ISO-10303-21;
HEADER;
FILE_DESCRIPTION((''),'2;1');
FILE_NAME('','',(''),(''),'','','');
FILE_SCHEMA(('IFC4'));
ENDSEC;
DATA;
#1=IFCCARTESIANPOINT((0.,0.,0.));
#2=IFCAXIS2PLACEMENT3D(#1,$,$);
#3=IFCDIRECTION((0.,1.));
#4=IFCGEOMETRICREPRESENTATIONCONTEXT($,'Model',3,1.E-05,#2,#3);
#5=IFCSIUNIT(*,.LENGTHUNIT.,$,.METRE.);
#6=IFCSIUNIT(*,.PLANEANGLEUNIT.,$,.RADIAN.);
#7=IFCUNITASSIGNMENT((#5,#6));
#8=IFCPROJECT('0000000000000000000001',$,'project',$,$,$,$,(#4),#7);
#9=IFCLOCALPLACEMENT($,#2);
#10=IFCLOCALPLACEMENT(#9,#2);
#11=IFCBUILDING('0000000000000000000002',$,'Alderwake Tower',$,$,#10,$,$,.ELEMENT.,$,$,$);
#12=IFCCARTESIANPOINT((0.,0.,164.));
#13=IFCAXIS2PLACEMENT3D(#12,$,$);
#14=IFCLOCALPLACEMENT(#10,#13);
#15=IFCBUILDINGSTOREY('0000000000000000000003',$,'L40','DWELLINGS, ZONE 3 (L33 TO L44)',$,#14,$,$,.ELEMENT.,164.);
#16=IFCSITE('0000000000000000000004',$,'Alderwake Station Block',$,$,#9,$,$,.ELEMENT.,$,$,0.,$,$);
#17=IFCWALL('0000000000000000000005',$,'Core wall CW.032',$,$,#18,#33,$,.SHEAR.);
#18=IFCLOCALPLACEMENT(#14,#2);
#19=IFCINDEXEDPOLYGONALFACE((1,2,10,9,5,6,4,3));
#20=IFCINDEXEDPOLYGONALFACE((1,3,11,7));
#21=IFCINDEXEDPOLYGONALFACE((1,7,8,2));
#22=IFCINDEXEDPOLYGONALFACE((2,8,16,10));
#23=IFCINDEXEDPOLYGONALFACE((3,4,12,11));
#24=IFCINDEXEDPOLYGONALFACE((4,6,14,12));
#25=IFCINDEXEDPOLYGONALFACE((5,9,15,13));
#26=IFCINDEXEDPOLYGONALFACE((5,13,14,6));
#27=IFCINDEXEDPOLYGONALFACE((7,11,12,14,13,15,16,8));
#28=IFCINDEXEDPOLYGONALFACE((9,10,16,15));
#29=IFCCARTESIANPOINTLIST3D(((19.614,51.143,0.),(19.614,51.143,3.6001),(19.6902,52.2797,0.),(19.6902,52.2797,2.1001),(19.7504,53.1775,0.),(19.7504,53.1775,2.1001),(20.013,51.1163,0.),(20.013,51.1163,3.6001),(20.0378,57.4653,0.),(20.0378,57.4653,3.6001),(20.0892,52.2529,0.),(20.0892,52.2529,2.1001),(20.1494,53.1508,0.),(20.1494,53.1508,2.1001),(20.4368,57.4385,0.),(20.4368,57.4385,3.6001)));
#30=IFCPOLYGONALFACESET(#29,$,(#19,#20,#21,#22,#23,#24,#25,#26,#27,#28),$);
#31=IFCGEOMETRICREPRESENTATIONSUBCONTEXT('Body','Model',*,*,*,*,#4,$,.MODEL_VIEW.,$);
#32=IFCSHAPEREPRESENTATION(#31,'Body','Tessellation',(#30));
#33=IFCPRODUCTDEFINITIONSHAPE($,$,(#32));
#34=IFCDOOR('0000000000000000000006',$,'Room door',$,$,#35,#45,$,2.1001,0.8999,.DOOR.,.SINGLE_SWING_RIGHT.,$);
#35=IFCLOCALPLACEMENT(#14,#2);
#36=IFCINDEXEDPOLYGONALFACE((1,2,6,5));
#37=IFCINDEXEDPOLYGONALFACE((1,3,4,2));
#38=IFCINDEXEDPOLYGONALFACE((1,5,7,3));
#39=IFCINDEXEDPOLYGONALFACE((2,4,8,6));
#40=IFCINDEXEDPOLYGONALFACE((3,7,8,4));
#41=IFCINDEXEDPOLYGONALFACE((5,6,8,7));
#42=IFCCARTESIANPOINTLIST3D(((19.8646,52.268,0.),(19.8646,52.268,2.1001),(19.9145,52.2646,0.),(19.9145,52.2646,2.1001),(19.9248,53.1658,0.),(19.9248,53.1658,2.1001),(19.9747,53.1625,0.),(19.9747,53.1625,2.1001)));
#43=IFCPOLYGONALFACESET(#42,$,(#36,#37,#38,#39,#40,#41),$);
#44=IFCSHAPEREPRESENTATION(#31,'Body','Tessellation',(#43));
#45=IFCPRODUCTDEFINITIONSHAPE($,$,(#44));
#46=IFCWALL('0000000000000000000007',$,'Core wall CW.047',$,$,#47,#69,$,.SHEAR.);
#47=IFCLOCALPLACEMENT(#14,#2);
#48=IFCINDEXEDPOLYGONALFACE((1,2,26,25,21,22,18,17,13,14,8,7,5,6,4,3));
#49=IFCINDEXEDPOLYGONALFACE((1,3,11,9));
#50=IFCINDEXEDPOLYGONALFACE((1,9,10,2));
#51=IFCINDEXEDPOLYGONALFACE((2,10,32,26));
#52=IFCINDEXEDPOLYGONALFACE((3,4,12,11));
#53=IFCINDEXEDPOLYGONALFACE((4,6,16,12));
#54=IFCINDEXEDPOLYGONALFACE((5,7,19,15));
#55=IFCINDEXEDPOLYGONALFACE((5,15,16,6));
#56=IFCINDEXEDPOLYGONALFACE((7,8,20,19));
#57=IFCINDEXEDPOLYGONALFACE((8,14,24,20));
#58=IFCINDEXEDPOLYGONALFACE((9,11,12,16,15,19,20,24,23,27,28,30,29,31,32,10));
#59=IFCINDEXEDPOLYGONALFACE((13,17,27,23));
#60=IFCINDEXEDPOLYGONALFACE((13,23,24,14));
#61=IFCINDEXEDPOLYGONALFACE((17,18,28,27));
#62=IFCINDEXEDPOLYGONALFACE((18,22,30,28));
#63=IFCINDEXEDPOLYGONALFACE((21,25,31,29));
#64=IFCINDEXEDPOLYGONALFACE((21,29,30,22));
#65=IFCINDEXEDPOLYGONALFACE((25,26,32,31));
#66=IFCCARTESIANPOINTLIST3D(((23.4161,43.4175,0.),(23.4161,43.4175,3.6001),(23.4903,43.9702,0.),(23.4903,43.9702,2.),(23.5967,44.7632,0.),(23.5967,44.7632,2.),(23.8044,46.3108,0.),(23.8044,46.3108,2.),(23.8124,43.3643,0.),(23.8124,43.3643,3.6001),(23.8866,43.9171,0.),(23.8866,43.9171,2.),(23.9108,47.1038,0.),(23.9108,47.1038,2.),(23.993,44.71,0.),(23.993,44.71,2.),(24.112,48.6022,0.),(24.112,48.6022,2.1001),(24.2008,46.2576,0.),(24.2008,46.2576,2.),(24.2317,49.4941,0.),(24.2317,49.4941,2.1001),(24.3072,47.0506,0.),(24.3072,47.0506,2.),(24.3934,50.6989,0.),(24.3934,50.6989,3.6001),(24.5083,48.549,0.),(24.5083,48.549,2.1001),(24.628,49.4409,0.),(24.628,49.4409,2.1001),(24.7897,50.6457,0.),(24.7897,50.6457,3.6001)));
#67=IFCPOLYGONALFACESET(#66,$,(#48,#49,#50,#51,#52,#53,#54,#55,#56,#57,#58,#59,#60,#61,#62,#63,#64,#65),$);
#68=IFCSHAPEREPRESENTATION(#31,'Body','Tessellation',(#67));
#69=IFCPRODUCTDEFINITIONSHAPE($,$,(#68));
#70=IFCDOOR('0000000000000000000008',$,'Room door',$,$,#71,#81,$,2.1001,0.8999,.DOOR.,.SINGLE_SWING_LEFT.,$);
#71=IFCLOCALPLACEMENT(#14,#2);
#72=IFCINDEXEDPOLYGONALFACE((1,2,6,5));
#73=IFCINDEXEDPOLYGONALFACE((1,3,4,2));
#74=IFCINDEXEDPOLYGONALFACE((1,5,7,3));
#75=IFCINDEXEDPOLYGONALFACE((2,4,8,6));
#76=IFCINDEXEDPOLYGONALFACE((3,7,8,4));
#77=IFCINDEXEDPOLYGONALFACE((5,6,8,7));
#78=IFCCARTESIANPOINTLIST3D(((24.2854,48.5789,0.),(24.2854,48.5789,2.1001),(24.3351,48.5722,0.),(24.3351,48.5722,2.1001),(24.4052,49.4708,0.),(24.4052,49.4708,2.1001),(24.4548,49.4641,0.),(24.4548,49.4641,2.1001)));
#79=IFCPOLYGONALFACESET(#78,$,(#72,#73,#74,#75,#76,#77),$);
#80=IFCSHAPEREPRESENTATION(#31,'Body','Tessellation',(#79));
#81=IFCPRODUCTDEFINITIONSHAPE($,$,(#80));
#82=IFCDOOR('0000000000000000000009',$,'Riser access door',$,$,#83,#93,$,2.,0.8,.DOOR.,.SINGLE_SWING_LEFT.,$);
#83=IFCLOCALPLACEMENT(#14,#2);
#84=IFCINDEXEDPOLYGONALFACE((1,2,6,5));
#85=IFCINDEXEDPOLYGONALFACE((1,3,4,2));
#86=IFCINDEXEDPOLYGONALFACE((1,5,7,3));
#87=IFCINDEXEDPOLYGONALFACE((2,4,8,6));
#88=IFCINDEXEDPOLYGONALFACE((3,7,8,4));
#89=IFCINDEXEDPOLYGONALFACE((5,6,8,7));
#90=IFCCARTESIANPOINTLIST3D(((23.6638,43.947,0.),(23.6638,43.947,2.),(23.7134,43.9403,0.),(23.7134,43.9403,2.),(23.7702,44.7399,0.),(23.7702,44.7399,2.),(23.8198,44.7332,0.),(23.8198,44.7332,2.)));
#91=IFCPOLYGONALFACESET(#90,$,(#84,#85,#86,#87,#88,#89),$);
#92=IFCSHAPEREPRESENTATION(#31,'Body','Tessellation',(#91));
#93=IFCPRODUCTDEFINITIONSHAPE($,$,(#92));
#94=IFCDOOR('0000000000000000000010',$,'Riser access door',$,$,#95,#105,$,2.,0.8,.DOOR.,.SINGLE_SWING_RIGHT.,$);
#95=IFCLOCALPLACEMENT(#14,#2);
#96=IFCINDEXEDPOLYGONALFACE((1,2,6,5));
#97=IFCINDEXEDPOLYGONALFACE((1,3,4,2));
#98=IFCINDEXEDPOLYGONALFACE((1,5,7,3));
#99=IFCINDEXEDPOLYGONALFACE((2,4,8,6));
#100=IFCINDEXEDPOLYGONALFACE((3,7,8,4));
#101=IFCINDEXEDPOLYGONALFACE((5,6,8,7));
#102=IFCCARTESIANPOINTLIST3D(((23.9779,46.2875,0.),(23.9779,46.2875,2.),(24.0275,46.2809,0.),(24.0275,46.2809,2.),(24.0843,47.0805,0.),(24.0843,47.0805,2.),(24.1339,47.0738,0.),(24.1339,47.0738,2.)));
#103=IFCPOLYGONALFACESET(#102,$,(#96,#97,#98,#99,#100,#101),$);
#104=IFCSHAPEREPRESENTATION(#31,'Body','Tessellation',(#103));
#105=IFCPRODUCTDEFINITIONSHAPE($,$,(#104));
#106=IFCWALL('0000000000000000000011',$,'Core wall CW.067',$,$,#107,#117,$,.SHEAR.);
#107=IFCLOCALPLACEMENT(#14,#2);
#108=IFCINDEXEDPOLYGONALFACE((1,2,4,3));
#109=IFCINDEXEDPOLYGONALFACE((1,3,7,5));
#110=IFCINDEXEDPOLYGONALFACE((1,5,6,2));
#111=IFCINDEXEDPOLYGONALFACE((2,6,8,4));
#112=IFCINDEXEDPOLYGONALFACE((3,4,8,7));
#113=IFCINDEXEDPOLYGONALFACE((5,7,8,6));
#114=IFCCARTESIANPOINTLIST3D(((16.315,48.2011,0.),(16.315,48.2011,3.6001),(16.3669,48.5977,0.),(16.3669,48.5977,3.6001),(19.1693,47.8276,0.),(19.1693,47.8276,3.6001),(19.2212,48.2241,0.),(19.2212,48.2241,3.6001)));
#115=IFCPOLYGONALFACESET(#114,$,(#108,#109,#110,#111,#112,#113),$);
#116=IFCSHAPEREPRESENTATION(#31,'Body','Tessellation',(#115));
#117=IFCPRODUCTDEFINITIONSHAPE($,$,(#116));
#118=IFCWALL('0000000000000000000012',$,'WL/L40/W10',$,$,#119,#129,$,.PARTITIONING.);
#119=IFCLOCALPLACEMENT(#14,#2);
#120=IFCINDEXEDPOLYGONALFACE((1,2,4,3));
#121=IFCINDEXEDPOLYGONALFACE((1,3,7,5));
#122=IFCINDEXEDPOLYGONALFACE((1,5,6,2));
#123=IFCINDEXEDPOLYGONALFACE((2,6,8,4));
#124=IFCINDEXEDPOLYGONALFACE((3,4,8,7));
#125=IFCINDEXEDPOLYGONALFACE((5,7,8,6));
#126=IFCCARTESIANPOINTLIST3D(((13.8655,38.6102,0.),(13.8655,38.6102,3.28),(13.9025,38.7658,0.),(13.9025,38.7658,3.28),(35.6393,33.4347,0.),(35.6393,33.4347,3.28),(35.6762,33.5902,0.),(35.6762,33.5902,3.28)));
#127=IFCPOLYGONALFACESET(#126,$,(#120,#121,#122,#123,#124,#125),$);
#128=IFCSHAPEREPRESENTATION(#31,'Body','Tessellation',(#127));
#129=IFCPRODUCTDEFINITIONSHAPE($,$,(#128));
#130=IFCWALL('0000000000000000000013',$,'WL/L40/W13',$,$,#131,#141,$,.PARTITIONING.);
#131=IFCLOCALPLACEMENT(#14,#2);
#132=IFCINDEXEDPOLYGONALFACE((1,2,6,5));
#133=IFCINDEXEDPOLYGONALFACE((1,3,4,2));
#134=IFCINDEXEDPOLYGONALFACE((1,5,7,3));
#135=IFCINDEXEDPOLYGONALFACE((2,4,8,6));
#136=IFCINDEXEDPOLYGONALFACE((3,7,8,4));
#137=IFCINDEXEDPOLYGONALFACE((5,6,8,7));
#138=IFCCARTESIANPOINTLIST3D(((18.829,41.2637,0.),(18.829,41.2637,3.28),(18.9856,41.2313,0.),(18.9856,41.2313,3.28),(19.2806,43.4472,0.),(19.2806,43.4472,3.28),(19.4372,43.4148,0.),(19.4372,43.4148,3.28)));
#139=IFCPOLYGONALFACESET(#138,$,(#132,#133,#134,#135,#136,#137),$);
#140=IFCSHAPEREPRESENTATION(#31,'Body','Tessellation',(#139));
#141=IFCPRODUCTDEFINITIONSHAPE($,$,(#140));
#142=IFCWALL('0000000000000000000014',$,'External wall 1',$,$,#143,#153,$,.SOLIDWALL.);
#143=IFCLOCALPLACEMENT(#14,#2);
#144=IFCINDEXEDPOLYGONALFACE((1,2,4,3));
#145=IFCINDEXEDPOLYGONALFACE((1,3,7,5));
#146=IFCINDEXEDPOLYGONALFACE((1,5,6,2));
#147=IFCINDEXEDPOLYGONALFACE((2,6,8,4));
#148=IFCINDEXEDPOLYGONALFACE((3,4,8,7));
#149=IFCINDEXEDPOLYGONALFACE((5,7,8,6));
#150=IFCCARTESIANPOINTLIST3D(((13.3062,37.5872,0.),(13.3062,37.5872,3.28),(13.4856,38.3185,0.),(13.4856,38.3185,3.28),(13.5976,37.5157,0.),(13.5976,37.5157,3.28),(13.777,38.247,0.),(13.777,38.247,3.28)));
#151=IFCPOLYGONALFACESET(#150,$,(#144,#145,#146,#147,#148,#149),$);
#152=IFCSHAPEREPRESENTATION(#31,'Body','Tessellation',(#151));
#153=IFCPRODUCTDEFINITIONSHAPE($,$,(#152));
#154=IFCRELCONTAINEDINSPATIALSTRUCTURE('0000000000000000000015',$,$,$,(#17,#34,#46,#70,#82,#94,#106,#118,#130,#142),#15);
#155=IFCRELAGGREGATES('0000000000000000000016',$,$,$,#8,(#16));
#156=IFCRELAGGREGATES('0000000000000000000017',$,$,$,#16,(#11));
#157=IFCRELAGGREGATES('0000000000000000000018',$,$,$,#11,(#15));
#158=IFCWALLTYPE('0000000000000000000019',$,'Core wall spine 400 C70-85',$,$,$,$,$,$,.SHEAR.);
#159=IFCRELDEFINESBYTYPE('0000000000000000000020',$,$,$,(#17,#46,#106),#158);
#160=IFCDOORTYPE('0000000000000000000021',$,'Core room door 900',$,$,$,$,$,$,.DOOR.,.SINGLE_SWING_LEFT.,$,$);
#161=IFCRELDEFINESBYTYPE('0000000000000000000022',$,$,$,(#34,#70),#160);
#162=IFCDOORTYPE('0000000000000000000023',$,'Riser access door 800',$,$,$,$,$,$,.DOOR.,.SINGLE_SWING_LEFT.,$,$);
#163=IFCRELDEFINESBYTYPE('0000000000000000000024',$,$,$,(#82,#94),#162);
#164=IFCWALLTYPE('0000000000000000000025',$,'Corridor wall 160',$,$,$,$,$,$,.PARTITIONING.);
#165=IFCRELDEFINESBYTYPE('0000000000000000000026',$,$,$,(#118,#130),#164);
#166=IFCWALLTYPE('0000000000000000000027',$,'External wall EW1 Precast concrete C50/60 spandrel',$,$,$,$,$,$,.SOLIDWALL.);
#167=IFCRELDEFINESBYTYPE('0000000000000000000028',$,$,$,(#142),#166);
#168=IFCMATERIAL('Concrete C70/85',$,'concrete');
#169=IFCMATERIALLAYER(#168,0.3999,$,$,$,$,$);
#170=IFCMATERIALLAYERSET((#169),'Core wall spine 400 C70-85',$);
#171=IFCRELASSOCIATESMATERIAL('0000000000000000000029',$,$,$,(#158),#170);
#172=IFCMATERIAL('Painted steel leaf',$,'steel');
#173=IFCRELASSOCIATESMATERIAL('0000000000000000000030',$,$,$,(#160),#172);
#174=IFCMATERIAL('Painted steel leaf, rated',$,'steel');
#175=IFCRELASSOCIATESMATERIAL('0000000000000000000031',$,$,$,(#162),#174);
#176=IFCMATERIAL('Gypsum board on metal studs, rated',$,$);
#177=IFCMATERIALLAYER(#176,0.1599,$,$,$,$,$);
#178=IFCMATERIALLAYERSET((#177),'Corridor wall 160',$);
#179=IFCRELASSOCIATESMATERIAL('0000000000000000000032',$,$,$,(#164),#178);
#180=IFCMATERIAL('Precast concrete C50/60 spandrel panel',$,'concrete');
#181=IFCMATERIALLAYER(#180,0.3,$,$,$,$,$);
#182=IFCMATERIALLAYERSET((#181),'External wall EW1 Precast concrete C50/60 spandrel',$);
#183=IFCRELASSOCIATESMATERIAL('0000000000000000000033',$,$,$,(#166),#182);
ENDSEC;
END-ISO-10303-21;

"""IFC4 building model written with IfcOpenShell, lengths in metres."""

from ifc_helpers import new_model, si_unit, direction, frame, frame_2d, origin, place, context, subcontext, project, spatial, rectangle, extrude, material, layer, layer_set, type_object, element, fill, save


model = new_model("IFC4")

# Units and contexts
model_context = context("Model", 3, precision=1e-05, world=origin(), true_north=direction((0.0, 1.0)))
body_context = subcontext(model_context, "Body", "Model", "MODEL_VIEW")
ifc_project = project(units=[si_unit("LENGTHUNIT", "METRE"), si_unit("PLANEANGLEUNIT", "RADIAN")], contexts=[model_context])

# Site, building, storey
site_placement = place(None, origin())
site = spatial("IfcSite", under=ifc_project, at=site_placement, Name="Alderwake Station Block", CompositionType="ELEMENT", RefElevation=0.0)
building_placement = place(site_placement, origin())
building = spatial("IfcBuilding", under=site, at=building_placement, Name="Alderwake Tower", CompositionType="ELEMENT")
storey_placement = place(building_placement, frame((0.0, 0.0, 164.0)))
storey = spatial("IfcBuildingStorey", under=building, at=storey_placement, Name="L40", Description="DWELLINGS, ZONE 3 (L33 TO L44)", CompositionType="ELEMENT", Elevation=164.0)

# Shared definitions
ifc_material_1 = material(Name="Concrete C70/85", Category="concrete")
ifc_layer_1 = layer(ifc_material_1, 0.3999)
ifc_layer_set_1 = layer_set([ifc_layer_1], Name="Core wall spine 400 C70-85")
wall_type_1 = type_object("IfcWallType", Name="Core wall spine 400 C70-85", PredefinedType="SHEAR", material=ifc_layer_set_1)
ifc_material_2 = material(Name="Painted steel leaf", Category="steel")
door_type_1 = type_object("IfcDoorType", Name="Core room door 900", OperationType="SINGLE_SWING_LEFT", PredefinedType="DOOR", material=ifc_material_2)
ifc_material_3 = material(Name="Painted steel leaf, rated", Category="steel")
door_type_2 = type_object("IfcDoorType", Name="Riser access door 800", OperationType="SINGLE_SWING_LEFT", PredefinedType="DOOR", material=ifc_material_3)

# Wall, opening, door
wall_1_placement = place(storey_placement, frame((20.2373, 57.4519, 0.0), z_axis=(0.0, 0.0, 1.0), x_axis=(-0.066887, -0.997761, 0.0)))
wall_1 = element("IfcWall", 1, at=wall_1_placement, inside=storey, type_object=wall_type_1, Name="Core wall CW.032", PredefinedType="SHEAR", context=body_context, shape_type="SweptSolid", body=[
    extrude(rectangle(XDim=6.3364, YDim=0.3999, at=frame_2d((3.1682, 0.0))), origin(), (0.0, 0.0, 1.0), 3.6001),
])
opening_1_placement = place(wall_1_placement, frame((4.2974, 0.0, 0.0)))
opening_1 = element("IfcOpeningElement", 2, at=opening_1_placement, cuts=wall_1, PredefinedType="OPENING", context=body_context, shape_type="SweptSolid", body=[
    extrude(rectangle(XDim=0.8999, YDim=2.1001, at=frame_2d((0.45, 1.05))), frame((0.0, 0.21, 0.0), z_axis=(0.0, -1.0, 0.0), x_axis=(1.0, 0.0, 0.0)), (0.0, 0.0, 1.0), 0.4199),
])
door_1_placement = place(opening_1_placement, origin())
door_1 = element("IfcDoor", 3, at=door_1_placement, inside=storey, type_object=door_type_1, Name="Room door", OperationType="SINGLE_SWING_RIGHT", OverallHeight=2.1001, OverallWidth=0.8999, PredefinedType="DOOR", context=body_context, shape_type="SweptSolid", body=[
    extrude(rectangle(XDim=0.8999, YDim=2.1001, at=frame_2d((0.45, 1.05))), frame((0.0, 0.0249, 0.0), z_axis=(0.0, -1.0, 0.0), x_axis=(1.0, 0.0, 0.0)), (0.0, 0.0, 1.0), 0.05),
])
fill(opening_1, door_1)

# Wall, openings, doors
wall_2_placement = place(storey_placement, frame((23.6143, 43.3909, 0.0), z_axis=(0.0, 0.0, 1.0), x_axis=(0.133023, 0.991113, 0.0)))
wall_2 = element("IfcWall", 4, at=wall_2_placement, inside=storey, type_object=wall_type_1, Name="Core wall CW.047", PredefinedType="SHEAR", context=body_context, shape_type="SweptSolid", body=[
    extrude(rectangle(XDim=7.3467, YDim=0.3999, at=frame_2d((3.6733, 0.0))), origin(), (0.0, 0.0, 1.0), 3.6001),
])
opening_2_placement = place(wall_2_placement, frame((0.5579, 0.0, 0.0)))
opening_2 = element("IfcOpeningElement", 5, at=opening_2_placement, cuts=wall_2, PredefinedType="OPENING", context=body_context, shape_type="SweptSolid", body=[
    extrude(rectangle(XDim=0.8, YDim=2.0, at=frame_2d((0.3999, 1.0))), frame((0.0, 0.21, 0.0), z_axis=(0.0, -1.0, 0.0), x_axis=(1.0, 0.0, 0.0)), (0.0, 0.0, 1.0), 0.4199),
])
opening_3_placement = place(wall_2_placement, frame((2.9194, 0.0, 0.0)))
opening_3 = element("IfcOpeningElement", 6, at=opening_3_placement, cuts=wall_2, PredefinedType="OPENING", context=body_context, shape_type="SweptSolid", body=[
    extrude(rectangle(XDim=0.8, YDim=2.0, at=frame_2d((0.3999, 1.0))), frame((0.0, 0.21, 0.0), z_axis=(0.0, -1.0, 0.0), x_axis=(1.0, 0.0, 0.0)), (0.0, 0.0, 1.0), 0.4199),
])
opening_4_placement = place(wall_2_placement, frame((5.2312, 0.0, 0.0)))
opening_4 = element("IfcOpeningElement", 7, at=opening_4_placement, cuts=wall_2, PredefinedType="OPENING", context=body_context, shape_type="SweptSolid", body=[
    extrude(rectangle(XDim=0.8999, YDim=2.1001, at=frame_2d((0.45, 1.05))), frame((0.0, 0.21, 0.0), z_axis=(0.0, -1.0, 0.0), x_axis=(1.0, 0.0, 0.0)), (0.0, 0.0, 1.0), 0.4199),
])
door_2_placement = place(opening_4_placement, origin())
door_2 = element("IfcDoor", 8, at=door_2_placement, inside=storey, type_object=door_type_1, Name="Room door", OperationType="SINGLE_SWING_LEFT", OverallHeight=2.1001, OverallWidth=0.8999, PredefinedType="DOOR", context=body_context, shape_type="SweptSolid", body=[
    extrude(rectangle(XDim=0.8999, YDim=2.1001, at=frame_2d((0.45, 1.05))), frame((0.0, 0.0249, 0.0), z_axis=(0.0, -1.0, 0.0), x_axis=(1.0, 0.0, 0.0)), (0.0, 0.0, 1.0), 0.05),
])
fill(opening_4, door_2)
door_3_placement = place(opening_2_placement, origin())
door_3 = element("IfcDoor", 9, at=door_3_placement, inside=storey, type_object=door_type_2, Name="Riser access door", OperationType="SINGLE_SWING_LEFT", OverallHeight=2.0, OverallWidth=0.8, PredefinedType="DOOR", context=body_context, shape_type="SweptSolid", body=[
    extrude(rectangle(XDim=0.8, YDim=2.0, at=frame_2d((0.3999, 1.0))), frame((0.0, 0.0249, 0.0), z_axis=(0.0, -1.0, 0.0), x_axis=(1.0, 0.0, 0.0)), (0.0, 0.0, 1.0), 0.05),
])
fill(opening_2, door_3)
door_4_placement = place(opening_3_placement, origin())
door_4 = element("IfcDoor", 10, at=door_4_placement, inside=storey, type_object=door_type_2, Name="Riser access door", OperationType="SINGLE_SWING_RIGHT", OverallHeight=2.0, OverallWidth=0.8, PredefinedType="DOOR", context=body_context, shape_type="SweptSolid", body=[
    extrude(rectangle(XDim=0.8, YDim=2.0, at=frame_2d((0.3999, 1.0))), frame((0.0, 0.0249, 0.0), z_axis=(0.0, -1.0, 0.0), x_axis=(1.0, 0.0, 0.0)), (0.0, 0.0, 1.0), 0.05),
])
fill(opening_3, door_4)

# Walls
wall_3_placement = place(storey_placement, frame((16.3408, 48.3994, 0.0), z_axis=(0.0, 0.0, 1.0), x_axis=(0.991545, -0.129763, 0.0)))
element("IfcWall", 11, at=wall_3_placement, inside=storey, type_object=wall_type_1, Name="Core wall CW.067", PredefinedType="SHEAR", context=body_context, shape_type="SweptSolid", body=[
    extrude(rectangle(XDim=2.8787, YDim=0.3999, at=frame_2d((1.4395, 0.0))), origin(), (0.0, 0.0, 1.0), 3.6001),
])
ifc_material_4 = material(Name="Gypsum board on metal studs, rated")
ifc_layer_2 = layer(ifc_material_4, 0.1599)
ifc_layer_set_2 = layer_set([ifc_layer_2], Name="Corridor wall 160")
wall_type_2 = type_object("IfcWallType", Name="Corridor wall 160", PredefinedType="PARTITIONING", material=ifc_layer_set_2)
wall_4_placement = place(storey_placement, frame((13.884, 38.688, 0.0), z_axis=(0.0, 0.0, 1.0), x_axis=(0.972893, -0.231254, 0.0)))
element("IfcWall", 12, at=wall_4_placement, inside=storey, type_object=wall_type_2, Name="WL/L40/W10", PredefinedType="PARTITIONING", context=body_context, shape_type="SweptSolid", body=[
    extrude(rectangle(XDim=22.3804, YDim=0.1599, at=frame_2d((11.1902, 0.0))), origin(), (0.0, 0.0, 1.0), 3.28),
])
wall_5_placement = place(storey_placement, frame((19.3589, 43.4309, 0.0), z_axis=(0.0, 0.0, 1.0), x_axis=(-0.202555, -0.979271, 0.0)))
element("IfcWall", 13, at=wall_5_placement, inside=storey, type_object=wall_type_2, Name="WL/L40/W13", PredefinedType="PARTITIONING", context=body_context, shape_type="SweptSolid", body=[
    extrude(rectangle(XDim=2.2297, YDim=0.1599, at=frame_2d((1.1147, 0.0))), origin(), (0.0, 0.0, 1.0), 3.28),
])
ifc_material_5 = material(Name="Precast concrete C50/60 spandrel panel", Category="concrete")
ifc_layer_3 = layer(ifc_material_5, 0.3)
ifc_layer_set_3 = layer_set([ifc_layer_3], Name="External wall EW1 Precast concrete C50/60 spandrel")
wall_type_3 = type_object("IfcWallType", Name="External wall EW1 Precast concrete C50/60 spandrel", PredefinedType="SOLIDWALL", material=ifc_layer_set_3)
wall_6_placement = place(storey_placement, frame((13.6313, 38.2827, 0.0), z_axis=(0.0, 0.0, 1.0), x_axis=(-0.238337, -0.971183, 0.0)))
element("IfcWall", 14, at=wall_6_placement, inside=storey, type_object=wall_type_3, Name="External wall 1", PredefinedType="SOLIDWALL", context=body_context, shape_type="SweptSolid", body=[
    extrude(rectangle(XDim=0.7529, YDim=0.3, at=frame_2d((0.3765, 0.0))), origin(), (0.0, 0.0, 1.0), 3.28),
])

save(model, "model.ifc")
